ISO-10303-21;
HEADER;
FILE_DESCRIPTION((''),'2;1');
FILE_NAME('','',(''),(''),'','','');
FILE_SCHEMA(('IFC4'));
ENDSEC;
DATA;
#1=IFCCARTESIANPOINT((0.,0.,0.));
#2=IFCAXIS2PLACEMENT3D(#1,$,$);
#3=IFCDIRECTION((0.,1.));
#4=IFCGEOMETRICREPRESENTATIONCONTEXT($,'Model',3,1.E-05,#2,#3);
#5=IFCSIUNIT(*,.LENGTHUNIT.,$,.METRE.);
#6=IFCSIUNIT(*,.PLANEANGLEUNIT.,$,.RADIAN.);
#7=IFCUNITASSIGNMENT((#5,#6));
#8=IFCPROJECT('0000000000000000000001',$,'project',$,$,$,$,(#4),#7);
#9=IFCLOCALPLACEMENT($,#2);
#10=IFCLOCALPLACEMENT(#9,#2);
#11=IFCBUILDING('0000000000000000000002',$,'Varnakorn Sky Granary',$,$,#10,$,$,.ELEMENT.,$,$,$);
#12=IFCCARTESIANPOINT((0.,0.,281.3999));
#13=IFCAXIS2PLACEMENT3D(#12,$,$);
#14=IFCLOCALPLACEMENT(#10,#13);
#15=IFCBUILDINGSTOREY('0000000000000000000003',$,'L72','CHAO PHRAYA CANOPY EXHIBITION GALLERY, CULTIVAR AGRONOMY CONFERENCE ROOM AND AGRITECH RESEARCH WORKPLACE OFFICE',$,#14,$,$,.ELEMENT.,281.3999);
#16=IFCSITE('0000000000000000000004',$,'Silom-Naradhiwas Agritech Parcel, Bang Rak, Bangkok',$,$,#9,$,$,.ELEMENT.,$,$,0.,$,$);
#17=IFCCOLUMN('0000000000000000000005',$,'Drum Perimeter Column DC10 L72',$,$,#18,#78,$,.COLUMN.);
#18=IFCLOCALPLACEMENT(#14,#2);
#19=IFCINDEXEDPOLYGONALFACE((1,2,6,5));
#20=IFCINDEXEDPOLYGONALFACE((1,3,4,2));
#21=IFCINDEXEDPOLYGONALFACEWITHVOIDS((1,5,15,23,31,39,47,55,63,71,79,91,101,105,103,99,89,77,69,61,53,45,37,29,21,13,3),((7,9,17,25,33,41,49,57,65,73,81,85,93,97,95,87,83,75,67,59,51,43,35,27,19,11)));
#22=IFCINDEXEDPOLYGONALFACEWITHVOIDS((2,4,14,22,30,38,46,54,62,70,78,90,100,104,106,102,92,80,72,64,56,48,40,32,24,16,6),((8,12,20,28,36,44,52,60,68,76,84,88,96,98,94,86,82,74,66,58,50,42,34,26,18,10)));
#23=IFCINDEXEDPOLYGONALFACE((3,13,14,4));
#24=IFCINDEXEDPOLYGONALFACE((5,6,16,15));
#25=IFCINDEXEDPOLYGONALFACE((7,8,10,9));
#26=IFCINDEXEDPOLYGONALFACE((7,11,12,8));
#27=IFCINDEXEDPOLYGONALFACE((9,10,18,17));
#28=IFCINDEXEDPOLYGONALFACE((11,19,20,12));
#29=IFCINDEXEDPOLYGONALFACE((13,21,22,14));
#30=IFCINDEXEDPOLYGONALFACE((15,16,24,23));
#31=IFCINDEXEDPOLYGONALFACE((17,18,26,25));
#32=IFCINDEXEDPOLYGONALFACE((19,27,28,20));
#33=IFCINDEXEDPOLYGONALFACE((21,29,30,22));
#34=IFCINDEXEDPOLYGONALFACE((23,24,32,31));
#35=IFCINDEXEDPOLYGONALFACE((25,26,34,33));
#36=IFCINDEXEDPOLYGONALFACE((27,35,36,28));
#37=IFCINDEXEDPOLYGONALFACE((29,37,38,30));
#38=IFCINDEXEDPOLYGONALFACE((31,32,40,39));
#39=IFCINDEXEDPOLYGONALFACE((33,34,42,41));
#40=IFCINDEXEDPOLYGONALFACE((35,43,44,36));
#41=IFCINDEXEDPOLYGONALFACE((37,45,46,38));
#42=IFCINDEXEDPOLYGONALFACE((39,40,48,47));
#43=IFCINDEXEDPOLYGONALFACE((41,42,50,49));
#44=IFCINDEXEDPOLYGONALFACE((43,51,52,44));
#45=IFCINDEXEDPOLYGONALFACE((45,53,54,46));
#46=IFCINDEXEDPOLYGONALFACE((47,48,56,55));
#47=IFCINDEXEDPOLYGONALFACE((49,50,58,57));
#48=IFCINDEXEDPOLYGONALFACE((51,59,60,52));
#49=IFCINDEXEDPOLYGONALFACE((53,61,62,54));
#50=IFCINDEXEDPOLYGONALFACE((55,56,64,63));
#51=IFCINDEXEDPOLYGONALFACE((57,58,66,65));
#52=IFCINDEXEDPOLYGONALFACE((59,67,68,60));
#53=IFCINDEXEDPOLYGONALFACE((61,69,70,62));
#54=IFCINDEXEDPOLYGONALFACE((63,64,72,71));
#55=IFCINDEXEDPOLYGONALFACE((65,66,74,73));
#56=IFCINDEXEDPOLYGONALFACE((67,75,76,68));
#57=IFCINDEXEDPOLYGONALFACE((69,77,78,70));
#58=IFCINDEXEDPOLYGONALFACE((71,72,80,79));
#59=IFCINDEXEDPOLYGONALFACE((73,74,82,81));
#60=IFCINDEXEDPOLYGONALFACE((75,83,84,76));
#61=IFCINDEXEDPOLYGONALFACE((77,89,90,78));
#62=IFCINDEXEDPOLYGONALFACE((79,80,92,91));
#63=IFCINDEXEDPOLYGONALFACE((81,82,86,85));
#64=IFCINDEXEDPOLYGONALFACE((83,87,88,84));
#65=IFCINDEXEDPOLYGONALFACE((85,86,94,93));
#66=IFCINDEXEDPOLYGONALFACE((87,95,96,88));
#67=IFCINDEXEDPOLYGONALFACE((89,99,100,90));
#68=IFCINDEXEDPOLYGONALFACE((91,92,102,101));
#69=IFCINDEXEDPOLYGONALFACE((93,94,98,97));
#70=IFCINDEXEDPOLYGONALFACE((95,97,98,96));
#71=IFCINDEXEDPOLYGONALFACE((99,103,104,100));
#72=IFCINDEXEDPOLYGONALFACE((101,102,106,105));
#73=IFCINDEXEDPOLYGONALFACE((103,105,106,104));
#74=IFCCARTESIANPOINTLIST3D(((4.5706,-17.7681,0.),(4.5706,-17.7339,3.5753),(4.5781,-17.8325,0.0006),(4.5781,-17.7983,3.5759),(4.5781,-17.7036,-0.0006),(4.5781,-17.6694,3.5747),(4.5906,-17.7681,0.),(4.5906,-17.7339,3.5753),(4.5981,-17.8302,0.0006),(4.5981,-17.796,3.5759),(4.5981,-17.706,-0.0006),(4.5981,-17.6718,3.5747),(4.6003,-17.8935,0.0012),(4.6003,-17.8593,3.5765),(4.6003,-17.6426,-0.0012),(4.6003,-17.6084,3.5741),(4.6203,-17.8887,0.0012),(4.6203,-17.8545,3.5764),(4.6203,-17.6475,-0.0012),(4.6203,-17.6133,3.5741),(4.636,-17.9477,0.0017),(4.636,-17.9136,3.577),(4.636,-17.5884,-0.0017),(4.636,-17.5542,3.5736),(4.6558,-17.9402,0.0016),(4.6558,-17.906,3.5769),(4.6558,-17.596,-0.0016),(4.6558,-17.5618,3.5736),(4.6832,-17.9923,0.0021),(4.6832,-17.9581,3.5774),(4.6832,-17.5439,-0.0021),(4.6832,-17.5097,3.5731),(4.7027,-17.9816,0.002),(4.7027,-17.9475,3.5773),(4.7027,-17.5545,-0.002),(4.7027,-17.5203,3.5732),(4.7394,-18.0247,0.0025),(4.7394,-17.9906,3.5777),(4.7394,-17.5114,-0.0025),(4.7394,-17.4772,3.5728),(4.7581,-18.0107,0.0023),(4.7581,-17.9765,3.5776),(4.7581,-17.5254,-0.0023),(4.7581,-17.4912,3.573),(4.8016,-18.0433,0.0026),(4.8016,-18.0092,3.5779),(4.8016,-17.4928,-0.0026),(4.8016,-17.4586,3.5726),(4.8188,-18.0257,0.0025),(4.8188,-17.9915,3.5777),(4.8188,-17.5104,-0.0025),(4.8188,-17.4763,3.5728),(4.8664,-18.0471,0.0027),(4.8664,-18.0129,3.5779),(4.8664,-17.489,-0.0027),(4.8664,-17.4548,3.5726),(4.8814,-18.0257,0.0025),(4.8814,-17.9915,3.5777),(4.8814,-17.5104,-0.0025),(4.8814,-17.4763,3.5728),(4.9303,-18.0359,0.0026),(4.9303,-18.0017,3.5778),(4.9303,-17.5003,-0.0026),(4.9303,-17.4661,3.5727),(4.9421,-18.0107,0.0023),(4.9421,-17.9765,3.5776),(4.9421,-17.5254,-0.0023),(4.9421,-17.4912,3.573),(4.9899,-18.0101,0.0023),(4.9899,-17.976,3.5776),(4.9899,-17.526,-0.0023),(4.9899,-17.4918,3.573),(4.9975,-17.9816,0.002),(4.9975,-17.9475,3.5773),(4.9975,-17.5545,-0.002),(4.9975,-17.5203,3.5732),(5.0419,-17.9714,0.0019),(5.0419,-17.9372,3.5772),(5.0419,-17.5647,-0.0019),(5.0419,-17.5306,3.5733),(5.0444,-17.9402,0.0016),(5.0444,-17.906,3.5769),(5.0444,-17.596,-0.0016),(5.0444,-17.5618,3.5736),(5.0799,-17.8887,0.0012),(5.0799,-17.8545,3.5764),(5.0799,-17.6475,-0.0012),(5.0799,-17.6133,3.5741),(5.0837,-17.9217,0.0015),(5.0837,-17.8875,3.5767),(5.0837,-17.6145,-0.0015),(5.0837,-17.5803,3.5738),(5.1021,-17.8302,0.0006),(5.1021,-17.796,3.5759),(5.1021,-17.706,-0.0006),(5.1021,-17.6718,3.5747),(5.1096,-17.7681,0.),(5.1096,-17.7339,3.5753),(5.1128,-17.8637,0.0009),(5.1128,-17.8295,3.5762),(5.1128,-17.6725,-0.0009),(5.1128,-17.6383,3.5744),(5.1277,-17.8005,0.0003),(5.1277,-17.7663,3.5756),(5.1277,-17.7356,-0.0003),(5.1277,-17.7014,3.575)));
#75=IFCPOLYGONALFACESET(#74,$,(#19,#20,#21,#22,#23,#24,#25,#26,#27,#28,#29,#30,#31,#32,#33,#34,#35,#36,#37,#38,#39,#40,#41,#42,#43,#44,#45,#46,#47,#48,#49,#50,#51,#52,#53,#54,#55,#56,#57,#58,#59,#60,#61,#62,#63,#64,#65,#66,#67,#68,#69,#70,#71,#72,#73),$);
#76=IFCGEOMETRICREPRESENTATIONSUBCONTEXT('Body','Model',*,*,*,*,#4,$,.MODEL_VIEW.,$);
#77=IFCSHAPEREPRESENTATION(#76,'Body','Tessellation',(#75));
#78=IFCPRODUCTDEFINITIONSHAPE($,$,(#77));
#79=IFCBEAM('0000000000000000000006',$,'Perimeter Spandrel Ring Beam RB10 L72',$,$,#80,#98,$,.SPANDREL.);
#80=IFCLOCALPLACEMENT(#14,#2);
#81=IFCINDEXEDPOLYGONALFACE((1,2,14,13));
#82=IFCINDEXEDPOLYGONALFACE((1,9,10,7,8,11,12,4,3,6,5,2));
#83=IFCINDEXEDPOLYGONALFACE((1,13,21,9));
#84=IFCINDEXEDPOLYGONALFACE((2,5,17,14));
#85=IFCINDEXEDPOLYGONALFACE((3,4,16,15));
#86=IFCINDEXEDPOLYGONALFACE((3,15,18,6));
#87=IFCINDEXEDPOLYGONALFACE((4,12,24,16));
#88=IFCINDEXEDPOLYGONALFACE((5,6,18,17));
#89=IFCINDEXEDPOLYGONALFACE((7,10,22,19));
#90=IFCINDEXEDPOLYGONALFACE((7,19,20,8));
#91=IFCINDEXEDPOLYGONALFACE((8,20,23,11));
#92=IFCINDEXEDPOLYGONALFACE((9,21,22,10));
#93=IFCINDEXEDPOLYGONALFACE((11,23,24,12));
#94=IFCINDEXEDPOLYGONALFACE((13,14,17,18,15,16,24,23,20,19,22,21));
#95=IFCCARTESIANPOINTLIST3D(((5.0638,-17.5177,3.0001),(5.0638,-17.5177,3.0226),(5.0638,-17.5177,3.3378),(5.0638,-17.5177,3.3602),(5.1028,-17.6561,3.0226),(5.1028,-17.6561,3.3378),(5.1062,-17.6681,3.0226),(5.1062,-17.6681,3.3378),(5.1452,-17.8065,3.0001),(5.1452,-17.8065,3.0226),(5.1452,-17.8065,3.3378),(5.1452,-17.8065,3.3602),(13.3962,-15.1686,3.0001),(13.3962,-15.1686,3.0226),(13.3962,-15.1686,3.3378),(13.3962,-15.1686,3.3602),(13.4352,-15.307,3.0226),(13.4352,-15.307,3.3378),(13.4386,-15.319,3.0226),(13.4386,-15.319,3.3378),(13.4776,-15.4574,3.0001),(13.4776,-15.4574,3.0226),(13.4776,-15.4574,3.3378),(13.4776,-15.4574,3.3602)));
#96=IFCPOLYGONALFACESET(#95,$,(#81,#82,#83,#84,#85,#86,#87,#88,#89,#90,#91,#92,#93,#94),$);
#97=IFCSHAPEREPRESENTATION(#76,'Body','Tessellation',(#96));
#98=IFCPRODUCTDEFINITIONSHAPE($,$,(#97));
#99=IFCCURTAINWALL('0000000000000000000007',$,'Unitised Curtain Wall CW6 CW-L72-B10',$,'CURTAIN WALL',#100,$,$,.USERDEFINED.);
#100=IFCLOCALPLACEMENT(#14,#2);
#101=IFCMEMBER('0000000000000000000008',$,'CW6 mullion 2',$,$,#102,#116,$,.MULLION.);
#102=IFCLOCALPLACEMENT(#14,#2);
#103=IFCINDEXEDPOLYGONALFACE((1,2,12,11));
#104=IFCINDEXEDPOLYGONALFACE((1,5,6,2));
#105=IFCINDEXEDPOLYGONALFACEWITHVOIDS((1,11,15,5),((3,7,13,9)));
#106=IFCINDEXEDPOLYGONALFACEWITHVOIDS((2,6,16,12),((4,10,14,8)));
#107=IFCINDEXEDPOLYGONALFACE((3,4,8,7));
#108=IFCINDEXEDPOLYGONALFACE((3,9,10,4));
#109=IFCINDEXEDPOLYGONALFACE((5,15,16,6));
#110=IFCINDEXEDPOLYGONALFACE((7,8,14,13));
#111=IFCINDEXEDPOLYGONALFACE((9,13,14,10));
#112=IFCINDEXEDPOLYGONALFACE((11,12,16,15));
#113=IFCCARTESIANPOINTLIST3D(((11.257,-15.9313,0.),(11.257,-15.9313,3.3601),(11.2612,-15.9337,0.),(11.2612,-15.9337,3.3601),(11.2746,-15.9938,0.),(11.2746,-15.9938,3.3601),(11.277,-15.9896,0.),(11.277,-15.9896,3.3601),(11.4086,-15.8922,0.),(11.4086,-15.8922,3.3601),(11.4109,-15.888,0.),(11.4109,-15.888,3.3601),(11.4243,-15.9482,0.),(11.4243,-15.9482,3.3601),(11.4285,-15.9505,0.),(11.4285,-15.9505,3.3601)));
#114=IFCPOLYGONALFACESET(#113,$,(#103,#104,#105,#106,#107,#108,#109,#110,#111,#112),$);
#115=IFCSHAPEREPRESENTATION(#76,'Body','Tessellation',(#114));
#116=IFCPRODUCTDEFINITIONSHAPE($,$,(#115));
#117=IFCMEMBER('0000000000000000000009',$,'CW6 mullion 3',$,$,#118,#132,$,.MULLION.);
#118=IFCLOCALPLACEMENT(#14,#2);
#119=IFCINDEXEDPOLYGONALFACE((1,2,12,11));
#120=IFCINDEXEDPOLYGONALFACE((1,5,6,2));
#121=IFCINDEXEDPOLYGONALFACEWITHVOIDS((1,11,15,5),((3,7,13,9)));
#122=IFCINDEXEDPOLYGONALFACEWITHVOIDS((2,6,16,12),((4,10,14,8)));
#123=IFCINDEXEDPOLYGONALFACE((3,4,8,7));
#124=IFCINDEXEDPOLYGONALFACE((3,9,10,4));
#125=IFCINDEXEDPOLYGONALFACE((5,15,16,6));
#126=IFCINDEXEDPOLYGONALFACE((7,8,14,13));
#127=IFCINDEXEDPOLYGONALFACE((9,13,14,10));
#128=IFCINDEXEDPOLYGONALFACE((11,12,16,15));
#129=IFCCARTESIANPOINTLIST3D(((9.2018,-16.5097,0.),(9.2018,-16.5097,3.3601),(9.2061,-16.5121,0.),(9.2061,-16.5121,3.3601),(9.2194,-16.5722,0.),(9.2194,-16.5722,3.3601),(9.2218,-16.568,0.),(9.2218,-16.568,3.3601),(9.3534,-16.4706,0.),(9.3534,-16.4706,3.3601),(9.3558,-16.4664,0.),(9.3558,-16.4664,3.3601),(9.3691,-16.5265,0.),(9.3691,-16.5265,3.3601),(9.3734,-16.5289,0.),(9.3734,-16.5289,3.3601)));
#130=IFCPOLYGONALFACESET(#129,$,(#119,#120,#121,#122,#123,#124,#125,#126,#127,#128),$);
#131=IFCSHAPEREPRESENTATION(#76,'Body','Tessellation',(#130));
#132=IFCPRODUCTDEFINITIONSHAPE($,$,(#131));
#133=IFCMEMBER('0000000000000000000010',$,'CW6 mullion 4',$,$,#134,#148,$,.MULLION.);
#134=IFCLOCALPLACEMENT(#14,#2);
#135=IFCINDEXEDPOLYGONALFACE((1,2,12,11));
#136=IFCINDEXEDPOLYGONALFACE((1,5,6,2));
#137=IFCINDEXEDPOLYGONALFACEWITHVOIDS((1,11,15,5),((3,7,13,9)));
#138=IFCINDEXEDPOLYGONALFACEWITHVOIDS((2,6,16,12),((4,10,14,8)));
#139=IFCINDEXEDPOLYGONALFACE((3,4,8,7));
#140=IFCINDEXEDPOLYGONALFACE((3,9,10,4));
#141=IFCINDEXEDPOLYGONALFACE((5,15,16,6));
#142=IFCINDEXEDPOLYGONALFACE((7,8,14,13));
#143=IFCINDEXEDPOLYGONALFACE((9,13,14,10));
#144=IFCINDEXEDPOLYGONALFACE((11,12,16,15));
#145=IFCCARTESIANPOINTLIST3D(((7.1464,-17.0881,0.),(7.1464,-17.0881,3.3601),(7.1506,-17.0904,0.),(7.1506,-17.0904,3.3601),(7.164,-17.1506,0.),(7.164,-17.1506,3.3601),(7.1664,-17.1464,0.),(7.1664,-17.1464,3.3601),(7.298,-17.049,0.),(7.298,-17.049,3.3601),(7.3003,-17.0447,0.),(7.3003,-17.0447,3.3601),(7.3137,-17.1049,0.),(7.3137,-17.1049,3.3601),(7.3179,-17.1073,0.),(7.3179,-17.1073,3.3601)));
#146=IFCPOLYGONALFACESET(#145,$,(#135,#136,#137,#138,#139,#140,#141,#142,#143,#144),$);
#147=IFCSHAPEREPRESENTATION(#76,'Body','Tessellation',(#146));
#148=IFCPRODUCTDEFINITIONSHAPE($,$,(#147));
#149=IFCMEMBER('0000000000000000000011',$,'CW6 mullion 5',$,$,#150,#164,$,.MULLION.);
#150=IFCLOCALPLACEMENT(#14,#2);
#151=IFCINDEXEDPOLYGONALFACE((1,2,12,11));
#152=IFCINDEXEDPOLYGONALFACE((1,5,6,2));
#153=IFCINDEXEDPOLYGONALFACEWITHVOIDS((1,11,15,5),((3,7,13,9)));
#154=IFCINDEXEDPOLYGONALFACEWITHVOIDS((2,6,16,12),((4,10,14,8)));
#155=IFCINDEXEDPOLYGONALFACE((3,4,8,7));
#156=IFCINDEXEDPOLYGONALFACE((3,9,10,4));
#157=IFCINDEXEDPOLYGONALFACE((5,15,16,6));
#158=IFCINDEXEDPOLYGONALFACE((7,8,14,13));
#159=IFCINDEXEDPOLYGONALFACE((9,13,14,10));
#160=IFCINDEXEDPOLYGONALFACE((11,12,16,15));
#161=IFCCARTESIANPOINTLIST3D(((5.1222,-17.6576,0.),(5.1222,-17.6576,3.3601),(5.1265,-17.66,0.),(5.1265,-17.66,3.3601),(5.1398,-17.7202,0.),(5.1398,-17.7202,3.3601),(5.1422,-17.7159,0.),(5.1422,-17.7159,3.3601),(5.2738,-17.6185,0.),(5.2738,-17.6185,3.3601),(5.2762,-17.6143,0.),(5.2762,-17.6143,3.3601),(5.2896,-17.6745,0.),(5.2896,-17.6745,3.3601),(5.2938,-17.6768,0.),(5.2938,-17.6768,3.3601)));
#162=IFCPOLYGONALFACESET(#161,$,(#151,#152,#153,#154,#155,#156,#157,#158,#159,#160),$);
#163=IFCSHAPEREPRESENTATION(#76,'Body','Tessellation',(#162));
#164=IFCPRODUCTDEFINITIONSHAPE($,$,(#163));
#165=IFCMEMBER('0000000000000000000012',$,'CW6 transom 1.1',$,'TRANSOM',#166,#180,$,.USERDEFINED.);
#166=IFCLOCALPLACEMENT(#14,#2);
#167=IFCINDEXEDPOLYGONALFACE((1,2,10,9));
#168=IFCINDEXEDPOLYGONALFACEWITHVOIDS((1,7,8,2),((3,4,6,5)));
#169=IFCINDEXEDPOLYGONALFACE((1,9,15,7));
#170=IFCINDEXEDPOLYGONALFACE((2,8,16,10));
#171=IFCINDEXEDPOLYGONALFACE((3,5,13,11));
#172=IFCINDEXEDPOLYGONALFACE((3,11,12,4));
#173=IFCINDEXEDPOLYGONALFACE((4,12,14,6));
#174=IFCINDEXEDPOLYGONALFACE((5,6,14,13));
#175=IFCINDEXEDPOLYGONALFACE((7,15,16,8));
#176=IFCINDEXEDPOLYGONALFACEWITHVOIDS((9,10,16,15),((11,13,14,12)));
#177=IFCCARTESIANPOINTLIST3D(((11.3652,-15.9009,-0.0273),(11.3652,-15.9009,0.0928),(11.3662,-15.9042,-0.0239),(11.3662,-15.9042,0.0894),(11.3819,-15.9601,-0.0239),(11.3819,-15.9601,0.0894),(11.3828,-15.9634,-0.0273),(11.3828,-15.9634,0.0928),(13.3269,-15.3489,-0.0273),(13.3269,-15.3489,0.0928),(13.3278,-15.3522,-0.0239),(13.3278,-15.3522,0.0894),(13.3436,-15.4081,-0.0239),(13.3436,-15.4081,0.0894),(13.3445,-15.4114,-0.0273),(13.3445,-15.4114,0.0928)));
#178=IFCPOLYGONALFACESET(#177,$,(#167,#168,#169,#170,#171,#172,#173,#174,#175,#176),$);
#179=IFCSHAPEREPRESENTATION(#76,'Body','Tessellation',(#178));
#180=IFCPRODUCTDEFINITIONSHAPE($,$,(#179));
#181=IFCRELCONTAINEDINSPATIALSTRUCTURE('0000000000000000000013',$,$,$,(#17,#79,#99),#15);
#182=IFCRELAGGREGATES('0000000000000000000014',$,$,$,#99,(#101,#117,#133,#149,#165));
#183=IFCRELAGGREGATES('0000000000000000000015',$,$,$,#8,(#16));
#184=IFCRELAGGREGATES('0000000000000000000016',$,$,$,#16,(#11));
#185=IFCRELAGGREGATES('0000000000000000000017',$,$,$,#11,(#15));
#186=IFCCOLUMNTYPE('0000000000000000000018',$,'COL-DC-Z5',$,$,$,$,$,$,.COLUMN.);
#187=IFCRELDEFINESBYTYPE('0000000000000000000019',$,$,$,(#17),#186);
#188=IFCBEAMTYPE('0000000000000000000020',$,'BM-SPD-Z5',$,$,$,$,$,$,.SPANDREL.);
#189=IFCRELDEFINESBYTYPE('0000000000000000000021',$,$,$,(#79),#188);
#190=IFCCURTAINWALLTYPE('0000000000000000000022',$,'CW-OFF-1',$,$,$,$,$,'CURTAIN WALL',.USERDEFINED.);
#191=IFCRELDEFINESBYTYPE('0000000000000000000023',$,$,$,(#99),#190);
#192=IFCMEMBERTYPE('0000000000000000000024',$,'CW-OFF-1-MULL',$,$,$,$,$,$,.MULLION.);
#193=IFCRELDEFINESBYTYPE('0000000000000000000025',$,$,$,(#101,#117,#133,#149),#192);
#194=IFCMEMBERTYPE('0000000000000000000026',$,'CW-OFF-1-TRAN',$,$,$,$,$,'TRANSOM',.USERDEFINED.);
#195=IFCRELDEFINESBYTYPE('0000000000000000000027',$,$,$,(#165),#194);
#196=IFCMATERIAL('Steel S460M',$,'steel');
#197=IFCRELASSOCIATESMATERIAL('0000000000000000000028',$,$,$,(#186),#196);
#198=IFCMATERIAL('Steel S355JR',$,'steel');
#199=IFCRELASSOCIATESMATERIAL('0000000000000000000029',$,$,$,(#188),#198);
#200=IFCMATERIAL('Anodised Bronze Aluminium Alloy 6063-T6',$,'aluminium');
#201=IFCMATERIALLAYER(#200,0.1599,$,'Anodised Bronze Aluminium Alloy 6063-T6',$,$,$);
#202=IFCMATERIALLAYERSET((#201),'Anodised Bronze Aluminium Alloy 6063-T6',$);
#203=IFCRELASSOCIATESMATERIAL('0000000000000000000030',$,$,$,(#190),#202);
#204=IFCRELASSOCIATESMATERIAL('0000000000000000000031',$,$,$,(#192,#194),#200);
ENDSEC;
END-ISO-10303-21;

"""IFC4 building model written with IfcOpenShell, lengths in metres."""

from ifc_helpers import new_model, si_unit, direction, frame, origin, origin_2d, place, context, subcontext, project, spatial, hollow_rectangle, hollow_circle, i_section, extrude, material, layer, layer_set, material_profile, profile_set, type_object, element, aggregate, save


model = new_model("IFC4")

# Units and contexts
model_context = context("Model", 3, precision=1e-05, world=origin(), true_north=direction((0.0, 1.0)))
body_context = subcontext(model_context, "Body", "Model", "MODEL_VIEW")
ifc_project = project(units=[si_unit("LENGTHUNIT", "METRE"), si_unit("PLANEANGLEUNIT", "RADIAN")], contexts=[model_context])

# Site, building, storey
site_placement = place(None, origin())
site = spatial("IfcSite", under=ifc_project, at=site_placement, Name="Silom-Naradhiwas Agritech Parcel, Bang Rak, Bangkok", CompositionType="ELEMENT", RefElevation=0.0)
building_placement = place(site_placement, origin())
building = spatial("IfcBuilding", under=site, at=building_placement, Name="Varnakorn Sky Granary", CompositionType="ELEMENT")
storey_placement = place(building_placement, frame((0.0, 0.0, 281.3999)))
storey = spatial("IfcBuildingStorey", under=building, at=storey_placement, Name="L72", Description="CHAO PHRAYA CANOPY EXHIBITION GALLERY, CULTIVAR AGRONOMY CONFERENCE ROOM AND AGRITECH RESEARCH WORKPLACE OFFICE", CompositionType="ELEMENT", Elevation=281.3999)

# Column
ifc_material_1 = material(Name="Steel S460M", Category="steel")
ifc_material_profile_1 = material_profile(ifc_material_1, hollow_circle(Radius=0.2795, WallThickness=0.02, at=origin_2d()), Name="CHS 559x20")
ifc_profile_set_1 = profile_set([ifc_material_profile_1], Name="Steel S460M")
column_type = type_object("IfcColumnType", Name="COL-DC-Z5", PredefinedType="COLUMN", material=ifc_profile_set_1)
column_placement = place(storey_placement, frame((4.8501, -17.7681, 0.0), z_axis=(0.0, 0.00956, 0.999954), x_axis=(-1.0, 0.0, 0.0)))
element("IfcColumn", 1, at=column_placement, inside=storey, type_object=column_type, Name="Drum Perimeter Column DC10 L72", PredefinedType="COLUMN", context=body_context, shape_type="SweptSolid", body=[
    extrude(hollow_circle(Radius=0.2795, WallThickness=0.02, at=origin_2d()), origin(), (0.0, 0.0, 1.0), 3.5754),
])

# Beam
ifc_material_2 = material(Name="Steel S355JR", Category="steel")
ifc_material_profile_2 = material_profile(ifc_material_2, i_section(OverallWidth=0.3, OverallDepth=0.3601, WebThickness=0.0125, FlangeThickness=0.0225, at=origin_2d()), Name="HE 360 B")
ifc_profile_set_2 = profile_set([ifc_material_profile_2], Name="Steel S355JR")
beam_type = type_object("IfcBeamType", Name="BM-SPD-Z5", PredefinedType="SPANDREL", material=ifc_profile_set_2)
beam_placement = place(storey_placement, frame((5.1045, -17.6621, 3.1802), z_axis=(0.962482, 0.271345, 0.0), x_axis=(-0.271345, 0.962482, 0.0)))
element("IfcBeam", 2, at=beam_placement, inside=storey, type_object=beam_type, Name="Perimeter Spandrel Ring Beam RB10 L72", PredefinedType="SPANDREL", context=body_context, shape_type="SweptSolid", body=[
    extrude(i_section(OverallWidth=0.3, OverallDepth=0.3601, WebThickness=0.0125, FlangeThickness=0.0225, at=origin_2d()), origin(), (0.0, 0.0, 1.0), 8.6572),
])

# Curtain wall, members
ifc_material_3 = material(Name="Anodised Bronze Aluminium Alloy 6063-T6", Category="aluminium")
ifc_layer_1 = layer(ifc_material_3, 0.1599, Name="Anodised Bronze Aluminium Alloy 6063-T6")
ifc_layer_set_1 = layer_set([ifc_layer_1], Name="Anodised Bronze Aluminium Alloy 6063-T6")
curtain_wall_type = type_object("IfcCurtainWallType", Name="CW-OFF-1", ElementType="CURTAIN WALL", PredefinedType="USERDEFINED", material=ifc_layer_set_1)
curtain_wall_placement = place(storey_placement, origin())
curtain_wall = element("IfcCurtainWall", 3, at=curtain_wall_placement, inside=storey, type_object=curtain_wall_type, Name="Unitised Curtain Wall CW6 CW-L72-B10", ObjectType="CURTAIN WALL", PredefinedType="USERDEFINED")
ifc_material_profile_3 = material_profile(ifc_material_3, hollow_rectangle(XDim=0.0649, YDim=0.1599, WallThickness=0.0034, at=origin_2d()), Name="ALU MULL 65x160")
ifc_profile_set_3 = profile_set([ifc_material_profile_3], Name="Anodised Bronze Aluminium Alloy 6063-T6")
member_type_1 = type_object("IfcMemberType", Name="CW-OFF-1-MULL", PredefinedType="MULLION", material=ifc_profile_set_3)
member_1_placement = place(storey_placement, frame((11.3428, -15.9409, 0.0), z_axis=(0.0, 0.0, 1.0), x_axis=(0.270868, -0.962616, 0.0)))
member_1 = element("IfcMember", 4, at=member_1_placement, type_object=member_type_1, Name="CW6 mullion 2", PredefinedType="MULLION", context=body_context, shape_type="SweptSolid", body=[
    extrude(hollow_rectangle(XDim=0.0649, YDim=0.1599, WallThickness=0.0034, at=origin_2d()), origin(), (0.0, 0.0, 1.0), 3.3601),
])
member_2_placement = place(storey_placement, frame((9.2876, -16.5193, 0.0), z_axis=(0.0, 0.0, 1.0), x_axis=(0.270868, -0.962616, 0.0)))
member_2 = element("IfcMember", 5, at=member_2_placement, type_object=member_type_1, Name="CW6 mullion 3", PredefinedType="MULLION", context=body_context, shape_type="SweptSolid", body=[
    extrude(hollow_rectangle(XDim=0.0649, YDim=0.1599, WallThickness=0.0034, at=origin_2d()), origin(), (0.0, 0.0, 1.0), 3.3601),
])
member_3_placement = place(storey_placement, frame((7.2322, -17.0977, 0.0), z_axis=(0.0, 0.0, 1.0), x_axis=(0.270868, -0.962616, 0.0)))
member_3 = element("IfcMember", 6, at=member_3_placement, type_object=member_type_1, Name="CW6 mullion 4", PredefinedType="MULLION", context=body_context, shape_type="SweptSolid", body=[
    extrude(hollow_rectangle(XDim=0.0649, YDim=0.1599, WallThickness=0.0034, at=origin_2d()), origin(), (0.0, 0.0, 1.0), 3.3601),
])
member_4_placement = place(storey_placement, frame((5.208, -17.6672, 0.0), z_axis=(0.0, 0.0, 1.0), x_axis=(0.270868, -0.962616, 0.0)))
member_4 = element("IfcMember", 7, at=member_4_placement, type_object=member_type_1, Name="CW6 mullion 5", PredefinedType="MULLION", context=body_context, shape_type="SweptSolid", body=[
    extrude(hollow_rectangle(XDim=0.0649, YDim=0.1599, WallThickness=0.0034, at=origin_2d()), origin(), (0.0, 0.0, 1.0), 3.3601),
])
ifc_material_profile_4 = material_profile(ifc_material_3, hollow_rectangle(XDim=0.0649, YDim=0.1201, WallThickness=0.0034, at=origin_2d()), Name="ALU TRAN 65x120")
ifc_profile_set_4 = profile_set([ifc_material_profile_4], Name="Anodised Bronze Aluminium Alloy 6063-T6")
member_type_2 = type_object("IfcMemberType", Name="CW-OFF-1-TRAN", ElementType="TRANSOM", PredefinedType="USERDEFINED", material=ifc_profile_set_4)
member_5_placement = place(storey_placement, frame((13.3357, -15.3801, 0.0327), z_axis=(-0.962615, -0.270874, 0.0), x_axis=(0.270874, -0.962615, 0.0)))
member_5 = element("IfcMember", 8, at=member_5_placement, type_object=member_type_2, Name="CW6 transom 1.1", ObjectType="TRANSOM", PredefinedType="USERDEFINED", context=body_context, shape_type="SweptSolid", body=[
    extrude(hollow_rectangle(XDim=0.0649, YDim=0.1201, WallThickness=0.0034, at=origin_2d()), origin(), (0.0, 0.0, 1.0), 2.0378),
])
aggregate(curtain_wall, [member_1, member_2, member_3, member_4, member_5])

save(model, "model.ifc")
